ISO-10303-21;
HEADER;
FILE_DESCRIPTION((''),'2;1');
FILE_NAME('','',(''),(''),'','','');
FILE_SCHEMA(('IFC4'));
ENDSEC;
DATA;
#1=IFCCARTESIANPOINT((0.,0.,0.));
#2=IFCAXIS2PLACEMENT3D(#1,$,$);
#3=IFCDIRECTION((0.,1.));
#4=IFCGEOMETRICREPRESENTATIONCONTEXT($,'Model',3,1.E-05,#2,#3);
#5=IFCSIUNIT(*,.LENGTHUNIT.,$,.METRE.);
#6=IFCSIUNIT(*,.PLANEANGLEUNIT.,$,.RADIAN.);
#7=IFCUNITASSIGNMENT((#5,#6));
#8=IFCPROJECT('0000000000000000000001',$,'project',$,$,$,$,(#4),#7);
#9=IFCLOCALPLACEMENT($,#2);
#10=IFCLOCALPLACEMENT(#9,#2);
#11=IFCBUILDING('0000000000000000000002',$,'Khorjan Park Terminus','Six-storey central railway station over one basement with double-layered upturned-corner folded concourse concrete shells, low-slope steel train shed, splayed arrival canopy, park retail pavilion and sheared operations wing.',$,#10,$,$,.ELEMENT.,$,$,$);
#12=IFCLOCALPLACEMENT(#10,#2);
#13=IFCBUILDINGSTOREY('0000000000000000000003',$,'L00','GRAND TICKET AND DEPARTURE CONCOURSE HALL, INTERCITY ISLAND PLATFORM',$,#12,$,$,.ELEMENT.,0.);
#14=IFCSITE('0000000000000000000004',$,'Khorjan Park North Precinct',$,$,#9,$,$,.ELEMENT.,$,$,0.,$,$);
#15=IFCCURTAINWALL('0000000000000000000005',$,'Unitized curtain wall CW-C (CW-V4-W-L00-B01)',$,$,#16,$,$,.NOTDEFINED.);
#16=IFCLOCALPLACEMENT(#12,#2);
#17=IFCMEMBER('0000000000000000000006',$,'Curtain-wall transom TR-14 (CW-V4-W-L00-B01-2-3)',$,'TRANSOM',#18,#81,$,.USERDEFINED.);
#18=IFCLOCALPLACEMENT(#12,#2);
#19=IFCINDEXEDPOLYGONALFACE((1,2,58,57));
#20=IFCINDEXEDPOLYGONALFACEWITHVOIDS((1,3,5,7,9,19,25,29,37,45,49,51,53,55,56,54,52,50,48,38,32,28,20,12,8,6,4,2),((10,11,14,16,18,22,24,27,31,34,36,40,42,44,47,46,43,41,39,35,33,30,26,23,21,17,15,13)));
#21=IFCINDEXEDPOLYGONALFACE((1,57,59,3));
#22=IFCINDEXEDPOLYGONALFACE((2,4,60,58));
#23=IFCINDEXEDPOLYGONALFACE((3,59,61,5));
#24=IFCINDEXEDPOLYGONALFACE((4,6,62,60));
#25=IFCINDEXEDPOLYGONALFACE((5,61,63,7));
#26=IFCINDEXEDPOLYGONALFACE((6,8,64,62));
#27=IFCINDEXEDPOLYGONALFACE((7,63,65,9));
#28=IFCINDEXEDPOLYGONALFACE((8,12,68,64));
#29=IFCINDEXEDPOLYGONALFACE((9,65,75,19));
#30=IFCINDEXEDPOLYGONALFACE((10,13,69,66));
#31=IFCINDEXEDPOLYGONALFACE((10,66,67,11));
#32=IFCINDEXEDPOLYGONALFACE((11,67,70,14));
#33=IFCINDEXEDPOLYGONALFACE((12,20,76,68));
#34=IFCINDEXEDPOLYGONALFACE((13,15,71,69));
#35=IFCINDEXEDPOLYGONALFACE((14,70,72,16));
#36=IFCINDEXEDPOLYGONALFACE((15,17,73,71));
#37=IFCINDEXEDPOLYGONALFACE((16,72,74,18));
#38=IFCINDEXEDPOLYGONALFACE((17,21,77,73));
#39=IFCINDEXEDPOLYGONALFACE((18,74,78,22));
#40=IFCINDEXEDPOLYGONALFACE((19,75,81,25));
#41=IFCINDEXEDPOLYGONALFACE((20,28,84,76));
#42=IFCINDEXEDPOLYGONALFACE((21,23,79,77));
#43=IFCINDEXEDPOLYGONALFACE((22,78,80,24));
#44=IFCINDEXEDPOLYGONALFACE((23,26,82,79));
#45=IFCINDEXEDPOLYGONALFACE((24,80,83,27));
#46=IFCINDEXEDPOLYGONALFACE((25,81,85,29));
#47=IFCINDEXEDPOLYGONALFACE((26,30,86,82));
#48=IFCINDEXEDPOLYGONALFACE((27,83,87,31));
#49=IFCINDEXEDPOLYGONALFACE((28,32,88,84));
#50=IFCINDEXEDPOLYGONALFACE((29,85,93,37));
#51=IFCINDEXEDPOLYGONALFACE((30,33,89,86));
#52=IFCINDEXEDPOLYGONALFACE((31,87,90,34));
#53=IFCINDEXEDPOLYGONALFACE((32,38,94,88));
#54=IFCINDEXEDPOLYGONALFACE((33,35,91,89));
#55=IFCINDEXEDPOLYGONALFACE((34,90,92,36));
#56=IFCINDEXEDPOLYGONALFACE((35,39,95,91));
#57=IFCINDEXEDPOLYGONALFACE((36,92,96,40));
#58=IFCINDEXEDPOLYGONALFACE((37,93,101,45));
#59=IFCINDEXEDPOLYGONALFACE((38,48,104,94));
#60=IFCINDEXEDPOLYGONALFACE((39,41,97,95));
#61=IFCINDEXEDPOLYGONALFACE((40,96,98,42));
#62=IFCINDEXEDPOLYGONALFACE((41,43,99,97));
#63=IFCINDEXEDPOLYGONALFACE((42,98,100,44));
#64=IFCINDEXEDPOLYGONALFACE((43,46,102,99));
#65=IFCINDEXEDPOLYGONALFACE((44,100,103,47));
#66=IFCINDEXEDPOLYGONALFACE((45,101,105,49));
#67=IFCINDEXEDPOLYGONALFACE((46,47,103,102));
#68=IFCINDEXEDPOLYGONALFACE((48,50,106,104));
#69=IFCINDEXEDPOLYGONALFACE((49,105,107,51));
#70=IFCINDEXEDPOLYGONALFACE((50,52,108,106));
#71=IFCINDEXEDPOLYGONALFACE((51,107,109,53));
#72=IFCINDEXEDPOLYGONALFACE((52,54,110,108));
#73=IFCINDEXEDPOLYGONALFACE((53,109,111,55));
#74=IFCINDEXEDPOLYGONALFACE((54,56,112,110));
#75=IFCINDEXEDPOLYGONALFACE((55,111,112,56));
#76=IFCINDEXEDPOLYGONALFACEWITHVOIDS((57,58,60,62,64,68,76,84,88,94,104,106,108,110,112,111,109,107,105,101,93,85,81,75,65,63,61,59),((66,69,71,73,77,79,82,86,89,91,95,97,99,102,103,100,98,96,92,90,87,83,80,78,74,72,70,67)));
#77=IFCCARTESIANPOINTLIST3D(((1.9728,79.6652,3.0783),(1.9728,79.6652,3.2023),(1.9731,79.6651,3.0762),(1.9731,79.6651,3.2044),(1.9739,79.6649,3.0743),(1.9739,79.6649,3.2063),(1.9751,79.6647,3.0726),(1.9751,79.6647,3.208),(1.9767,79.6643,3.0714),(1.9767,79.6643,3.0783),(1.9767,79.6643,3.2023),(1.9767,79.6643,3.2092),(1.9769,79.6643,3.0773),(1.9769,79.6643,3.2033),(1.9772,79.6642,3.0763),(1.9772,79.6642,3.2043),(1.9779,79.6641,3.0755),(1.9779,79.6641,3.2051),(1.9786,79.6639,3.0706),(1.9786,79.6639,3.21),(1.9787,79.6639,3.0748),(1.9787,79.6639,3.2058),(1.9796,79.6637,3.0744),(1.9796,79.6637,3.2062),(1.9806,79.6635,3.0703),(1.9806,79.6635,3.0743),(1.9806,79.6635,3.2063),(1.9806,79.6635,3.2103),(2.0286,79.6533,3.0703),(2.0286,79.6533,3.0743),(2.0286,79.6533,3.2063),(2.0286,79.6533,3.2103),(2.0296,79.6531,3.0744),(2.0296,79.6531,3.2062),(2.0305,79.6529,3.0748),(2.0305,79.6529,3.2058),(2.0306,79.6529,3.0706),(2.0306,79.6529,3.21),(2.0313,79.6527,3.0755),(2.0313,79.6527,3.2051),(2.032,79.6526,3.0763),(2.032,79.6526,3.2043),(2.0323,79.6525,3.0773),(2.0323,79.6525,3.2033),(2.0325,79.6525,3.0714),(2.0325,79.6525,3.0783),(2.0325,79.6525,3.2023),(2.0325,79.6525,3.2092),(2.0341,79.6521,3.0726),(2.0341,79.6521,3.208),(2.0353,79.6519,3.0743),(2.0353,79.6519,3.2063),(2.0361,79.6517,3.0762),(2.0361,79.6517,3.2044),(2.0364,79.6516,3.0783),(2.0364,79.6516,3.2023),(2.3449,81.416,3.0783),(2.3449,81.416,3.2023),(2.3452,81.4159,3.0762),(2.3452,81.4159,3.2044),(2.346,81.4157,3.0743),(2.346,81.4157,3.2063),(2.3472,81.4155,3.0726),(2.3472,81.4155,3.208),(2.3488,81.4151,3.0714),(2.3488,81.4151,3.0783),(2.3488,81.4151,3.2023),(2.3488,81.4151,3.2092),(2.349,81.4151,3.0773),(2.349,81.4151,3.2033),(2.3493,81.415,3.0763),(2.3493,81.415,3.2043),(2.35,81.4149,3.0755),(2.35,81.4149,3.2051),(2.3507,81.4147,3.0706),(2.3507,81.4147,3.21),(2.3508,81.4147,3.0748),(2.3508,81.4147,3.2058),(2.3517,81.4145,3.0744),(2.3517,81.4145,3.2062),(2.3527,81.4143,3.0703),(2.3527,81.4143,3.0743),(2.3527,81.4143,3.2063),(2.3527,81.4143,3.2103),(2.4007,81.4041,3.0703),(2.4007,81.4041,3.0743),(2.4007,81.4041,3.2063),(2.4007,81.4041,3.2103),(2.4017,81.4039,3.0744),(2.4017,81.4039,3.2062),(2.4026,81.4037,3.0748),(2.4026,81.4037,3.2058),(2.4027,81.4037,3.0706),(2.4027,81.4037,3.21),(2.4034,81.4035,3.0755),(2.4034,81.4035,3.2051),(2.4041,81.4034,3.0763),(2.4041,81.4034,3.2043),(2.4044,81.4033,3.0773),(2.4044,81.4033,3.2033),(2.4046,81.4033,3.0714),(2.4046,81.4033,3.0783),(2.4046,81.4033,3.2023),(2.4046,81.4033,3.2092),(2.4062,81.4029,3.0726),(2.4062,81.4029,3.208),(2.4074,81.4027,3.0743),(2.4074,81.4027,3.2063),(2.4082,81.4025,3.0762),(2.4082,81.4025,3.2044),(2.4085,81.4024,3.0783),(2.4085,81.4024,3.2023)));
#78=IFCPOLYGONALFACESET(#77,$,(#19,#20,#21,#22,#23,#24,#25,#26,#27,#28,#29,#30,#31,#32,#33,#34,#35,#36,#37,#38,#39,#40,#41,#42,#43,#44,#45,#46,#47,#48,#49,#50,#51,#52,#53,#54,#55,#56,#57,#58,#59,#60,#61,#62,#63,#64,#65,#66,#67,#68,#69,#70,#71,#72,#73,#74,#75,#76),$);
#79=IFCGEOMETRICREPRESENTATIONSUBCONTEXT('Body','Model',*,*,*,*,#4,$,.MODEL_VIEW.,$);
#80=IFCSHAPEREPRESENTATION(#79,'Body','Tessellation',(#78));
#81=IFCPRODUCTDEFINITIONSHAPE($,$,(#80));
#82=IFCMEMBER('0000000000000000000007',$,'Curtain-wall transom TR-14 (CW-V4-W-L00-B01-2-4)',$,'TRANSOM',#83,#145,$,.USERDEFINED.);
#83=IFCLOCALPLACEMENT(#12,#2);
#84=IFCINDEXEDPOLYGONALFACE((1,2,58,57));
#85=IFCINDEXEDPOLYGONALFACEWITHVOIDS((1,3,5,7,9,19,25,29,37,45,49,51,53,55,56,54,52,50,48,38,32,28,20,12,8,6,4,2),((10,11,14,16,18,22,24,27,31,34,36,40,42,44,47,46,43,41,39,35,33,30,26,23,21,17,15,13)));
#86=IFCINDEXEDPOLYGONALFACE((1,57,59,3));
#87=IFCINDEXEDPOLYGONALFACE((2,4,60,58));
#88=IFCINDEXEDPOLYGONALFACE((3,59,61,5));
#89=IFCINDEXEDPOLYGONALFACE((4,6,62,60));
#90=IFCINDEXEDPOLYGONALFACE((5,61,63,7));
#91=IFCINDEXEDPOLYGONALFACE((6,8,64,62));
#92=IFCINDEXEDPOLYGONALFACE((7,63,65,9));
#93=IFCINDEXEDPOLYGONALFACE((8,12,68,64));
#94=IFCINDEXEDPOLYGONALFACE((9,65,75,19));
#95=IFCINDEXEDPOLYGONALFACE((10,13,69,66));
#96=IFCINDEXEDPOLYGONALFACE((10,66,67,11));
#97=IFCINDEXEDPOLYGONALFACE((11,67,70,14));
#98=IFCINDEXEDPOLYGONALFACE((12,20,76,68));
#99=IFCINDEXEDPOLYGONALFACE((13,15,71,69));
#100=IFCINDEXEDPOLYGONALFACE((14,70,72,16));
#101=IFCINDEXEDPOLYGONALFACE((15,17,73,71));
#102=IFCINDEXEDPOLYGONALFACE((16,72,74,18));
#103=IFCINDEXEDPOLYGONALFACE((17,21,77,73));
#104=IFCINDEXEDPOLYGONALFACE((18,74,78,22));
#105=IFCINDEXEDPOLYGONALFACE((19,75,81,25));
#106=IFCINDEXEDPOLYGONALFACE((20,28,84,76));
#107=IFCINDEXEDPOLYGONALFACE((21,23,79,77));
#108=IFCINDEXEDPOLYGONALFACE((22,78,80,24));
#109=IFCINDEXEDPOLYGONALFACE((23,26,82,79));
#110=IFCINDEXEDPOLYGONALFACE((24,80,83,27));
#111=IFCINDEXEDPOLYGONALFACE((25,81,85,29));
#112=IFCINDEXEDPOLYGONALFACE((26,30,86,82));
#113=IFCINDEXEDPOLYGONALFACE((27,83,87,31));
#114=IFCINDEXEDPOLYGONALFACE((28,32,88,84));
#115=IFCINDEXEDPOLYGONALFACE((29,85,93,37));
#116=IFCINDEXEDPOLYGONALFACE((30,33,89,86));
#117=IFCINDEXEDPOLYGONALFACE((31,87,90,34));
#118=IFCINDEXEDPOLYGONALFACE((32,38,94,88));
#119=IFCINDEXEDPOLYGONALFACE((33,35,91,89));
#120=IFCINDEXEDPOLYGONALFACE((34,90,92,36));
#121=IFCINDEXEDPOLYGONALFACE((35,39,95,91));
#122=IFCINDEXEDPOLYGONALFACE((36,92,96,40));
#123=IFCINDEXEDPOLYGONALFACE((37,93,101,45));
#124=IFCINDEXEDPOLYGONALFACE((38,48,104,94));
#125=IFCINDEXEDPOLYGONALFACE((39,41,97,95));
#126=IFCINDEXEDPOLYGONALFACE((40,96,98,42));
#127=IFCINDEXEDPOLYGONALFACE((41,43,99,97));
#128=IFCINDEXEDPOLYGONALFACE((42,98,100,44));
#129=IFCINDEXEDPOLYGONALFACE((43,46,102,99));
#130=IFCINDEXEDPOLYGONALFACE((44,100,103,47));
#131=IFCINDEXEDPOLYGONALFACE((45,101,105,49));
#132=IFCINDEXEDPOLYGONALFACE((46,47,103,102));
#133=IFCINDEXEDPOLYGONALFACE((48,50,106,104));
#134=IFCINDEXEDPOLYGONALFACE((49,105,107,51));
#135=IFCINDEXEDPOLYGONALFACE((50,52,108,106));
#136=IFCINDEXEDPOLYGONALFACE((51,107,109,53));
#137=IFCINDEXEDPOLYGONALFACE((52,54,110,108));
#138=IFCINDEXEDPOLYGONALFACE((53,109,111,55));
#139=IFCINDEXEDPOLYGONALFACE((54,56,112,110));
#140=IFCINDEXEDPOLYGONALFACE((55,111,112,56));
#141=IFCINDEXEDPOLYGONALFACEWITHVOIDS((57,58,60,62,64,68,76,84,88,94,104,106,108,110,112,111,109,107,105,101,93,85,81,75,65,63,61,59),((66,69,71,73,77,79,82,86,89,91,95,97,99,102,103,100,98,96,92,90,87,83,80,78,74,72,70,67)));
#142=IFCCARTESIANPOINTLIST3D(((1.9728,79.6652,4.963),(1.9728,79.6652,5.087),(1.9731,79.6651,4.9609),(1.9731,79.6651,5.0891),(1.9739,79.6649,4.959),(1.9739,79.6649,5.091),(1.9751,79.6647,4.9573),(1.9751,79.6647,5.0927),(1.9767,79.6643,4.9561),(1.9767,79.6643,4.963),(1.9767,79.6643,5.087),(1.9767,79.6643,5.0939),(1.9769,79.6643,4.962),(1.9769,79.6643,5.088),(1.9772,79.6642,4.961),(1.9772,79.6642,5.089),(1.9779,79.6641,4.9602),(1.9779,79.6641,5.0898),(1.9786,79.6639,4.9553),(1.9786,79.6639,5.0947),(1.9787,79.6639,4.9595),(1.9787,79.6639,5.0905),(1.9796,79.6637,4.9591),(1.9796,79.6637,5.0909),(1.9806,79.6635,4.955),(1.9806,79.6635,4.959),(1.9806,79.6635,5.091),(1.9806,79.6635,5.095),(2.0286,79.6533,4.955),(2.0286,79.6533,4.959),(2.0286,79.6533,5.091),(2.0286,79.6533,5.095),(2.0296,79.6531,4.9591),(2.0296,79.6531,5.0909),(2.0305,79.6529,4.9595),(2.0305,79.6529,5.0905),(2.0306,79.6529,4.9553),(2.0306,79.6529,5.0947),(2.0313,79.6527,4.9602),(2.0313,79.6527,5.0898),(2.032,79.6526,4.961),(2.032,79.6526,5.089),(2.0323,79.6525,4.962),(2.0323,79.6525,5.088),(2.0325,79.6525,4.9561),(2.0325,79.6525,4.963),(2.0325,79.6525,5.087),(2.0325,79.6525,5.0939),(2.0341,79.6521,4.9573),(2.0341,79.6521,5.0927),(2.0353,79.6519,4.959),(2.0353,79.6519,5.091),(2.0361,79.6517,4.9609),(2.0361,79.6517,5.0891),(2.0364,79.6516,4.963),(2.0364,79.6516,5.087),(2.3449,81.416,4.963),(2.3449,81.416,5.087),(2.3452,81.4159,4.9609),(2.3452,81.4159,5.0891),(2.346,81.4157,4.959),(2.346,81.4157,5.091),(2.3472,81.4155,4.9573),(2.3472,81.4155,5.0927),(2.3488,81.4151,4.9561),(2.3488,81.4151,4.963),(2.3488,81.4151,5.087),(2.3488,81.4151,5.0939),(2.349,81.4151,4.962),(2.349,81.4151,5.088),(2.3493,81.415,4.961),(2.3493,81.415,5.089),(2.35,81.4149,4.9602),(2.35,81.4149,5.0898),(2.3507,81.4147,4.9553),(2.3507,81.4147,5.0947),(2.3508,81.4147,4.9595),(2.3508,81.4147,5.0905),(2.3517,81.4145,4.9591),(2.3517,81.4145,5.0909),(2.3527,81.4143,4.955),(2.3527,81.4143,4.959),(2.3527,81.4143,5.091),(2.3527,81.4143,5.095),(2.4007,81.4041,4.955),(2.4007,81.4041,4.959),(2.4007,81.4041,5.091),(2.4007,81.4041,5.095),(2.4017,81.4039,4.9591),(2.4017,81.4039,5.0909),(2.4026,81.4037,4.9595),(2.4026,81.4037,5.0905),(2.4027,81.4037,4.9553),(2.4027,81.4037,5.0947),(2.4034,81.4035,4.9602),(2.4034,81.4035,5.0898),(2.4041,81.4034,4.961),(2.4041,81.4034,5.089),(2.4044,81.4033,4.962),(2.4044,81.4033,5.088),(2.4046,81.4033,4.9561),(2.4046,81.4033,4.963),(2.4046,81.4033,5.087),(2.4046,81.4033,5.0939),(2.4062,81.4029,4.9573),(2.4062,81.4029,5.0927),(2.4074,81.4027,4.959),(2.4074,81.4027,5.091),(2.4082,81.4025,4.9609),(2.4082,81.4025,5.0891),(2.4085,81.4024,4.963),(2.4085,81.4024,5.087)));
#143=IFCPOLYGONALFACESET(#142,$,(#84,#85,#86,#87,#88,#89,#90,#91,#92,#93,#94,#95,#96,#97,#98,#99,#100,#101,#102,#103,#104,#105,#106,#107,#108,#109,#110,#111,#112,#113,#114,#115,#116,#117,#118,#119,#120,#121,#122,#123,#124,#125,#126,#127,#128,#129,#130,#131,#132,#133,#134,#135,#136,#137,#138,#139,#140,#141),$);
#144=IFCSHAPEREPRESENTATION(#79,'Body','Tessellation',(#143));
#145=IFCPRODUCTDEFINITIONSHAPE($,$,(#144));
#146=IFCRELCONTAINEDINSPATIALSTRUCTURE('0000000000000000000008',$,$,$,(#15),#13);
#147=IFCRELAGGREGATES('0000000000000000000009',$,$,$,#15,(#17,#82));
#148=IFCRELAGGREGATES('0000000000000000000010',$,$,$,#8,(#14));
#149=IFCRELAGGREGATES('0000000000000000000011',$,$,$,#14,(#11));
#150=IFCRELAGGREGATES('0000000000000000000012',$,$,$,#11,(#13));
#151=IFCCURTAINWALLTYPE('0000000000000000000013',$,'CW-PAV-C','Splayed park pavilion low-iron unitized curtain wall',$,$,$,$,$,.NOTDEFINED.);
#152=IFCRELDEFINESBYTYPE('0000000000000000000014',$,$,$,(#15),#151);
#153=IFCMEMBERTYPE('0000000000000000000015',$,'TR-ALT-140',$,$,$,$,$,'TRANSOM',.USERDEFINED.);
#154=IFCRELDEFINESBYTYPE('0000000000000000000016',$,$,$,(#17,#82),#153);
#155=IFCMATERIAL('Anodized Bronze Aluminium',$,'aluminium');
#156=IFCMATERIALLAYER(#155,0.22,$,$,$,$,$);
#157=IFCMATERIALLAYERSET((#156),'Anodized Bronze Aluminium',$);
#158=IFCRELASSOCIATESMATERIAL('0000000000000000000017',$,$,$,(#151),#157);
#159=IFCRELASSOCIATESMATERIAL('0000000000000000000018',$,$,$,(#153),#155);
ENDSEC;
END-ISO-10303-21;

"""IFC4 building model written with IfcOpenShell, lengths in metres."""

from ifc_helpers import new_model, si_unit, direction, frame, origin, origin_2d, place, context, subcontext, project, spatial, hollow_rectangle, extrude, material, layer, layer_set, material_profile, profile_set, type_object, element, aggregate, save


model = new_model("IFC4")

# Units and contexts
model_context = context("Model", 3, precision=1e-05, world=origin(), true_north=direction((0.0, 1.0)))
body_context = subcontext(model_context, "Body", "Model", "MODEL_VIEW")
ifc_project = project(units=[si_unit("LENGTHUNIT", "METRE"), si_unit("PLANEANGLEUNIT", "RADIAN")], contexts=[model_context])

# Site, building, storey
site_placement = place(None, origin())
site = spatial("IfcSite", under=ifc_project, at=site_placement, Name="Khorjan Park North Precinct", CompositionType="ELEMENT", RefElevation=0.0)
building_placement = place(site_placement, origin())
building = spatial("IfcBuilding", under=site, at=building_placement, Name="Khorjan Park Terminus", Description="Six-storey central railway station over one basement with double-layered upturned-corner folded concourse concrete shells, low-slope steel train shed, splayed arrival canopy, park retail pavilion and sheared operations wing.", CompositionType="ELEMENT")
storey_placement = place(building_placement, origin())
storey = spatial("IfcBuildingStorey", under=building, at=storey_placement, Name="L00", Description="GRAND TICKET AND DEPARTURE CONCOURSE HALL, INTERCITY ISLAND PLATFORM", CompositionType="ELEMENT", Elevation=0.0)

# Curtain wall, members
ifc_material_1 = material(Name="Anodized Bronze Aluminium", Category="aluminium")
ifc_layer_1 = layer(ifc_material_1, 0.22)
ifc_layer_set_1 = layer_set([ifc_layer_1], Name="Anodized Bronze Aluminium")
curtain_wall_type = type_object("IfcCurtainWallType", Name="CW-PAV-C", Description="Splayed park pavilion low-iron unitized curtain wall", PredefinedType="NOTDEFINED", material=ifc_layer_set_1)
curtain_wall_placement = place(storey_placement, origin())
curtain_wall = element("IfcCurtainWall", 1, at=curtain_wall_placement, inside=storey, type_object=curtain_wall_type, Name="Unitized curtain wall CW-C (CW-V4-W-L00-B01)", PredefinedType="NOTDEFINED")
ifc_material_profile_1 = material_profile(ifc_material_1, hollow_rectangle(XDim=0.065, YDim=0.14, WallThickness=0.004, InnerFilletRadius=0.004, OuterFilletRadius=0.008, at=origin_2d()), Name="ALT 65x140x4")
ifc_profile_set_1 = profile_set([ifc_material_profile_1], Name="Anodized Bronze Aluminium")
member_type_1 = type_object("IfcMemberType", Name="TR-ALT-140", ElementType="TRANSOM", PredefinedType="USERDEFINED", material=ifc_profile_set_1)
member_1_placement = place(storey_placement, frame((2.3767, 81.4092, 3.1403), z_axis=(-0.207888, -0.978153, 0.0), x_axis=(0.978153, -0.207888, 0.0)))
member_1 = element("IfcMember", 2, at=member_1_placement, type_object=member_type_1, Name="Curtain-wall transom TR-14 (CW-V4-W-L00-B01-2-3)", ObjectType="TRANSOM", PredefinedType="USERDEFINED", context=body_context, shape_type="SweptSolid", body=[
    extrude(hollow_rectangle(XDim=0.065, YDim=0.14, WallThickness=0.004, InnerFilletRadius=0.004, OuterFilletRadius=0.008, at=origin_2d()), origin(), (0.0, 0.0, 1.0), 1.7899),
])
member_2_placement = place(storey_placement, frame((2.3767, 81.4092, 5.025), z_axis=(-0.207888, -0.978153, 0.0), x_axis=(0.978153, -0.207888, 0.0)))
member_2 = element("IfcMember", 3, at=member_2_placement, type_object=member_type_1, Name="Curtain-wall transom TR-14 (CW-V4-W-L00-B01-2-4)", ObjectType="TRANSOM", PredefinedType="USERDEFINED", context=body_context, shape_type="SweptSolid", body=[
    extrude(hollow_rectangle(XDim=0.065, YDim=0.14, WallThickness=0.004, InnerFilletRadius=0.004, OuterFilletRadius=0.008, at=origin_2d()), origin(), (0.0, 0.0, 1.0), 1.7899),
])
aggregate(curtain_wall, [member_1, member_2])

save(model, "model.ifc")
